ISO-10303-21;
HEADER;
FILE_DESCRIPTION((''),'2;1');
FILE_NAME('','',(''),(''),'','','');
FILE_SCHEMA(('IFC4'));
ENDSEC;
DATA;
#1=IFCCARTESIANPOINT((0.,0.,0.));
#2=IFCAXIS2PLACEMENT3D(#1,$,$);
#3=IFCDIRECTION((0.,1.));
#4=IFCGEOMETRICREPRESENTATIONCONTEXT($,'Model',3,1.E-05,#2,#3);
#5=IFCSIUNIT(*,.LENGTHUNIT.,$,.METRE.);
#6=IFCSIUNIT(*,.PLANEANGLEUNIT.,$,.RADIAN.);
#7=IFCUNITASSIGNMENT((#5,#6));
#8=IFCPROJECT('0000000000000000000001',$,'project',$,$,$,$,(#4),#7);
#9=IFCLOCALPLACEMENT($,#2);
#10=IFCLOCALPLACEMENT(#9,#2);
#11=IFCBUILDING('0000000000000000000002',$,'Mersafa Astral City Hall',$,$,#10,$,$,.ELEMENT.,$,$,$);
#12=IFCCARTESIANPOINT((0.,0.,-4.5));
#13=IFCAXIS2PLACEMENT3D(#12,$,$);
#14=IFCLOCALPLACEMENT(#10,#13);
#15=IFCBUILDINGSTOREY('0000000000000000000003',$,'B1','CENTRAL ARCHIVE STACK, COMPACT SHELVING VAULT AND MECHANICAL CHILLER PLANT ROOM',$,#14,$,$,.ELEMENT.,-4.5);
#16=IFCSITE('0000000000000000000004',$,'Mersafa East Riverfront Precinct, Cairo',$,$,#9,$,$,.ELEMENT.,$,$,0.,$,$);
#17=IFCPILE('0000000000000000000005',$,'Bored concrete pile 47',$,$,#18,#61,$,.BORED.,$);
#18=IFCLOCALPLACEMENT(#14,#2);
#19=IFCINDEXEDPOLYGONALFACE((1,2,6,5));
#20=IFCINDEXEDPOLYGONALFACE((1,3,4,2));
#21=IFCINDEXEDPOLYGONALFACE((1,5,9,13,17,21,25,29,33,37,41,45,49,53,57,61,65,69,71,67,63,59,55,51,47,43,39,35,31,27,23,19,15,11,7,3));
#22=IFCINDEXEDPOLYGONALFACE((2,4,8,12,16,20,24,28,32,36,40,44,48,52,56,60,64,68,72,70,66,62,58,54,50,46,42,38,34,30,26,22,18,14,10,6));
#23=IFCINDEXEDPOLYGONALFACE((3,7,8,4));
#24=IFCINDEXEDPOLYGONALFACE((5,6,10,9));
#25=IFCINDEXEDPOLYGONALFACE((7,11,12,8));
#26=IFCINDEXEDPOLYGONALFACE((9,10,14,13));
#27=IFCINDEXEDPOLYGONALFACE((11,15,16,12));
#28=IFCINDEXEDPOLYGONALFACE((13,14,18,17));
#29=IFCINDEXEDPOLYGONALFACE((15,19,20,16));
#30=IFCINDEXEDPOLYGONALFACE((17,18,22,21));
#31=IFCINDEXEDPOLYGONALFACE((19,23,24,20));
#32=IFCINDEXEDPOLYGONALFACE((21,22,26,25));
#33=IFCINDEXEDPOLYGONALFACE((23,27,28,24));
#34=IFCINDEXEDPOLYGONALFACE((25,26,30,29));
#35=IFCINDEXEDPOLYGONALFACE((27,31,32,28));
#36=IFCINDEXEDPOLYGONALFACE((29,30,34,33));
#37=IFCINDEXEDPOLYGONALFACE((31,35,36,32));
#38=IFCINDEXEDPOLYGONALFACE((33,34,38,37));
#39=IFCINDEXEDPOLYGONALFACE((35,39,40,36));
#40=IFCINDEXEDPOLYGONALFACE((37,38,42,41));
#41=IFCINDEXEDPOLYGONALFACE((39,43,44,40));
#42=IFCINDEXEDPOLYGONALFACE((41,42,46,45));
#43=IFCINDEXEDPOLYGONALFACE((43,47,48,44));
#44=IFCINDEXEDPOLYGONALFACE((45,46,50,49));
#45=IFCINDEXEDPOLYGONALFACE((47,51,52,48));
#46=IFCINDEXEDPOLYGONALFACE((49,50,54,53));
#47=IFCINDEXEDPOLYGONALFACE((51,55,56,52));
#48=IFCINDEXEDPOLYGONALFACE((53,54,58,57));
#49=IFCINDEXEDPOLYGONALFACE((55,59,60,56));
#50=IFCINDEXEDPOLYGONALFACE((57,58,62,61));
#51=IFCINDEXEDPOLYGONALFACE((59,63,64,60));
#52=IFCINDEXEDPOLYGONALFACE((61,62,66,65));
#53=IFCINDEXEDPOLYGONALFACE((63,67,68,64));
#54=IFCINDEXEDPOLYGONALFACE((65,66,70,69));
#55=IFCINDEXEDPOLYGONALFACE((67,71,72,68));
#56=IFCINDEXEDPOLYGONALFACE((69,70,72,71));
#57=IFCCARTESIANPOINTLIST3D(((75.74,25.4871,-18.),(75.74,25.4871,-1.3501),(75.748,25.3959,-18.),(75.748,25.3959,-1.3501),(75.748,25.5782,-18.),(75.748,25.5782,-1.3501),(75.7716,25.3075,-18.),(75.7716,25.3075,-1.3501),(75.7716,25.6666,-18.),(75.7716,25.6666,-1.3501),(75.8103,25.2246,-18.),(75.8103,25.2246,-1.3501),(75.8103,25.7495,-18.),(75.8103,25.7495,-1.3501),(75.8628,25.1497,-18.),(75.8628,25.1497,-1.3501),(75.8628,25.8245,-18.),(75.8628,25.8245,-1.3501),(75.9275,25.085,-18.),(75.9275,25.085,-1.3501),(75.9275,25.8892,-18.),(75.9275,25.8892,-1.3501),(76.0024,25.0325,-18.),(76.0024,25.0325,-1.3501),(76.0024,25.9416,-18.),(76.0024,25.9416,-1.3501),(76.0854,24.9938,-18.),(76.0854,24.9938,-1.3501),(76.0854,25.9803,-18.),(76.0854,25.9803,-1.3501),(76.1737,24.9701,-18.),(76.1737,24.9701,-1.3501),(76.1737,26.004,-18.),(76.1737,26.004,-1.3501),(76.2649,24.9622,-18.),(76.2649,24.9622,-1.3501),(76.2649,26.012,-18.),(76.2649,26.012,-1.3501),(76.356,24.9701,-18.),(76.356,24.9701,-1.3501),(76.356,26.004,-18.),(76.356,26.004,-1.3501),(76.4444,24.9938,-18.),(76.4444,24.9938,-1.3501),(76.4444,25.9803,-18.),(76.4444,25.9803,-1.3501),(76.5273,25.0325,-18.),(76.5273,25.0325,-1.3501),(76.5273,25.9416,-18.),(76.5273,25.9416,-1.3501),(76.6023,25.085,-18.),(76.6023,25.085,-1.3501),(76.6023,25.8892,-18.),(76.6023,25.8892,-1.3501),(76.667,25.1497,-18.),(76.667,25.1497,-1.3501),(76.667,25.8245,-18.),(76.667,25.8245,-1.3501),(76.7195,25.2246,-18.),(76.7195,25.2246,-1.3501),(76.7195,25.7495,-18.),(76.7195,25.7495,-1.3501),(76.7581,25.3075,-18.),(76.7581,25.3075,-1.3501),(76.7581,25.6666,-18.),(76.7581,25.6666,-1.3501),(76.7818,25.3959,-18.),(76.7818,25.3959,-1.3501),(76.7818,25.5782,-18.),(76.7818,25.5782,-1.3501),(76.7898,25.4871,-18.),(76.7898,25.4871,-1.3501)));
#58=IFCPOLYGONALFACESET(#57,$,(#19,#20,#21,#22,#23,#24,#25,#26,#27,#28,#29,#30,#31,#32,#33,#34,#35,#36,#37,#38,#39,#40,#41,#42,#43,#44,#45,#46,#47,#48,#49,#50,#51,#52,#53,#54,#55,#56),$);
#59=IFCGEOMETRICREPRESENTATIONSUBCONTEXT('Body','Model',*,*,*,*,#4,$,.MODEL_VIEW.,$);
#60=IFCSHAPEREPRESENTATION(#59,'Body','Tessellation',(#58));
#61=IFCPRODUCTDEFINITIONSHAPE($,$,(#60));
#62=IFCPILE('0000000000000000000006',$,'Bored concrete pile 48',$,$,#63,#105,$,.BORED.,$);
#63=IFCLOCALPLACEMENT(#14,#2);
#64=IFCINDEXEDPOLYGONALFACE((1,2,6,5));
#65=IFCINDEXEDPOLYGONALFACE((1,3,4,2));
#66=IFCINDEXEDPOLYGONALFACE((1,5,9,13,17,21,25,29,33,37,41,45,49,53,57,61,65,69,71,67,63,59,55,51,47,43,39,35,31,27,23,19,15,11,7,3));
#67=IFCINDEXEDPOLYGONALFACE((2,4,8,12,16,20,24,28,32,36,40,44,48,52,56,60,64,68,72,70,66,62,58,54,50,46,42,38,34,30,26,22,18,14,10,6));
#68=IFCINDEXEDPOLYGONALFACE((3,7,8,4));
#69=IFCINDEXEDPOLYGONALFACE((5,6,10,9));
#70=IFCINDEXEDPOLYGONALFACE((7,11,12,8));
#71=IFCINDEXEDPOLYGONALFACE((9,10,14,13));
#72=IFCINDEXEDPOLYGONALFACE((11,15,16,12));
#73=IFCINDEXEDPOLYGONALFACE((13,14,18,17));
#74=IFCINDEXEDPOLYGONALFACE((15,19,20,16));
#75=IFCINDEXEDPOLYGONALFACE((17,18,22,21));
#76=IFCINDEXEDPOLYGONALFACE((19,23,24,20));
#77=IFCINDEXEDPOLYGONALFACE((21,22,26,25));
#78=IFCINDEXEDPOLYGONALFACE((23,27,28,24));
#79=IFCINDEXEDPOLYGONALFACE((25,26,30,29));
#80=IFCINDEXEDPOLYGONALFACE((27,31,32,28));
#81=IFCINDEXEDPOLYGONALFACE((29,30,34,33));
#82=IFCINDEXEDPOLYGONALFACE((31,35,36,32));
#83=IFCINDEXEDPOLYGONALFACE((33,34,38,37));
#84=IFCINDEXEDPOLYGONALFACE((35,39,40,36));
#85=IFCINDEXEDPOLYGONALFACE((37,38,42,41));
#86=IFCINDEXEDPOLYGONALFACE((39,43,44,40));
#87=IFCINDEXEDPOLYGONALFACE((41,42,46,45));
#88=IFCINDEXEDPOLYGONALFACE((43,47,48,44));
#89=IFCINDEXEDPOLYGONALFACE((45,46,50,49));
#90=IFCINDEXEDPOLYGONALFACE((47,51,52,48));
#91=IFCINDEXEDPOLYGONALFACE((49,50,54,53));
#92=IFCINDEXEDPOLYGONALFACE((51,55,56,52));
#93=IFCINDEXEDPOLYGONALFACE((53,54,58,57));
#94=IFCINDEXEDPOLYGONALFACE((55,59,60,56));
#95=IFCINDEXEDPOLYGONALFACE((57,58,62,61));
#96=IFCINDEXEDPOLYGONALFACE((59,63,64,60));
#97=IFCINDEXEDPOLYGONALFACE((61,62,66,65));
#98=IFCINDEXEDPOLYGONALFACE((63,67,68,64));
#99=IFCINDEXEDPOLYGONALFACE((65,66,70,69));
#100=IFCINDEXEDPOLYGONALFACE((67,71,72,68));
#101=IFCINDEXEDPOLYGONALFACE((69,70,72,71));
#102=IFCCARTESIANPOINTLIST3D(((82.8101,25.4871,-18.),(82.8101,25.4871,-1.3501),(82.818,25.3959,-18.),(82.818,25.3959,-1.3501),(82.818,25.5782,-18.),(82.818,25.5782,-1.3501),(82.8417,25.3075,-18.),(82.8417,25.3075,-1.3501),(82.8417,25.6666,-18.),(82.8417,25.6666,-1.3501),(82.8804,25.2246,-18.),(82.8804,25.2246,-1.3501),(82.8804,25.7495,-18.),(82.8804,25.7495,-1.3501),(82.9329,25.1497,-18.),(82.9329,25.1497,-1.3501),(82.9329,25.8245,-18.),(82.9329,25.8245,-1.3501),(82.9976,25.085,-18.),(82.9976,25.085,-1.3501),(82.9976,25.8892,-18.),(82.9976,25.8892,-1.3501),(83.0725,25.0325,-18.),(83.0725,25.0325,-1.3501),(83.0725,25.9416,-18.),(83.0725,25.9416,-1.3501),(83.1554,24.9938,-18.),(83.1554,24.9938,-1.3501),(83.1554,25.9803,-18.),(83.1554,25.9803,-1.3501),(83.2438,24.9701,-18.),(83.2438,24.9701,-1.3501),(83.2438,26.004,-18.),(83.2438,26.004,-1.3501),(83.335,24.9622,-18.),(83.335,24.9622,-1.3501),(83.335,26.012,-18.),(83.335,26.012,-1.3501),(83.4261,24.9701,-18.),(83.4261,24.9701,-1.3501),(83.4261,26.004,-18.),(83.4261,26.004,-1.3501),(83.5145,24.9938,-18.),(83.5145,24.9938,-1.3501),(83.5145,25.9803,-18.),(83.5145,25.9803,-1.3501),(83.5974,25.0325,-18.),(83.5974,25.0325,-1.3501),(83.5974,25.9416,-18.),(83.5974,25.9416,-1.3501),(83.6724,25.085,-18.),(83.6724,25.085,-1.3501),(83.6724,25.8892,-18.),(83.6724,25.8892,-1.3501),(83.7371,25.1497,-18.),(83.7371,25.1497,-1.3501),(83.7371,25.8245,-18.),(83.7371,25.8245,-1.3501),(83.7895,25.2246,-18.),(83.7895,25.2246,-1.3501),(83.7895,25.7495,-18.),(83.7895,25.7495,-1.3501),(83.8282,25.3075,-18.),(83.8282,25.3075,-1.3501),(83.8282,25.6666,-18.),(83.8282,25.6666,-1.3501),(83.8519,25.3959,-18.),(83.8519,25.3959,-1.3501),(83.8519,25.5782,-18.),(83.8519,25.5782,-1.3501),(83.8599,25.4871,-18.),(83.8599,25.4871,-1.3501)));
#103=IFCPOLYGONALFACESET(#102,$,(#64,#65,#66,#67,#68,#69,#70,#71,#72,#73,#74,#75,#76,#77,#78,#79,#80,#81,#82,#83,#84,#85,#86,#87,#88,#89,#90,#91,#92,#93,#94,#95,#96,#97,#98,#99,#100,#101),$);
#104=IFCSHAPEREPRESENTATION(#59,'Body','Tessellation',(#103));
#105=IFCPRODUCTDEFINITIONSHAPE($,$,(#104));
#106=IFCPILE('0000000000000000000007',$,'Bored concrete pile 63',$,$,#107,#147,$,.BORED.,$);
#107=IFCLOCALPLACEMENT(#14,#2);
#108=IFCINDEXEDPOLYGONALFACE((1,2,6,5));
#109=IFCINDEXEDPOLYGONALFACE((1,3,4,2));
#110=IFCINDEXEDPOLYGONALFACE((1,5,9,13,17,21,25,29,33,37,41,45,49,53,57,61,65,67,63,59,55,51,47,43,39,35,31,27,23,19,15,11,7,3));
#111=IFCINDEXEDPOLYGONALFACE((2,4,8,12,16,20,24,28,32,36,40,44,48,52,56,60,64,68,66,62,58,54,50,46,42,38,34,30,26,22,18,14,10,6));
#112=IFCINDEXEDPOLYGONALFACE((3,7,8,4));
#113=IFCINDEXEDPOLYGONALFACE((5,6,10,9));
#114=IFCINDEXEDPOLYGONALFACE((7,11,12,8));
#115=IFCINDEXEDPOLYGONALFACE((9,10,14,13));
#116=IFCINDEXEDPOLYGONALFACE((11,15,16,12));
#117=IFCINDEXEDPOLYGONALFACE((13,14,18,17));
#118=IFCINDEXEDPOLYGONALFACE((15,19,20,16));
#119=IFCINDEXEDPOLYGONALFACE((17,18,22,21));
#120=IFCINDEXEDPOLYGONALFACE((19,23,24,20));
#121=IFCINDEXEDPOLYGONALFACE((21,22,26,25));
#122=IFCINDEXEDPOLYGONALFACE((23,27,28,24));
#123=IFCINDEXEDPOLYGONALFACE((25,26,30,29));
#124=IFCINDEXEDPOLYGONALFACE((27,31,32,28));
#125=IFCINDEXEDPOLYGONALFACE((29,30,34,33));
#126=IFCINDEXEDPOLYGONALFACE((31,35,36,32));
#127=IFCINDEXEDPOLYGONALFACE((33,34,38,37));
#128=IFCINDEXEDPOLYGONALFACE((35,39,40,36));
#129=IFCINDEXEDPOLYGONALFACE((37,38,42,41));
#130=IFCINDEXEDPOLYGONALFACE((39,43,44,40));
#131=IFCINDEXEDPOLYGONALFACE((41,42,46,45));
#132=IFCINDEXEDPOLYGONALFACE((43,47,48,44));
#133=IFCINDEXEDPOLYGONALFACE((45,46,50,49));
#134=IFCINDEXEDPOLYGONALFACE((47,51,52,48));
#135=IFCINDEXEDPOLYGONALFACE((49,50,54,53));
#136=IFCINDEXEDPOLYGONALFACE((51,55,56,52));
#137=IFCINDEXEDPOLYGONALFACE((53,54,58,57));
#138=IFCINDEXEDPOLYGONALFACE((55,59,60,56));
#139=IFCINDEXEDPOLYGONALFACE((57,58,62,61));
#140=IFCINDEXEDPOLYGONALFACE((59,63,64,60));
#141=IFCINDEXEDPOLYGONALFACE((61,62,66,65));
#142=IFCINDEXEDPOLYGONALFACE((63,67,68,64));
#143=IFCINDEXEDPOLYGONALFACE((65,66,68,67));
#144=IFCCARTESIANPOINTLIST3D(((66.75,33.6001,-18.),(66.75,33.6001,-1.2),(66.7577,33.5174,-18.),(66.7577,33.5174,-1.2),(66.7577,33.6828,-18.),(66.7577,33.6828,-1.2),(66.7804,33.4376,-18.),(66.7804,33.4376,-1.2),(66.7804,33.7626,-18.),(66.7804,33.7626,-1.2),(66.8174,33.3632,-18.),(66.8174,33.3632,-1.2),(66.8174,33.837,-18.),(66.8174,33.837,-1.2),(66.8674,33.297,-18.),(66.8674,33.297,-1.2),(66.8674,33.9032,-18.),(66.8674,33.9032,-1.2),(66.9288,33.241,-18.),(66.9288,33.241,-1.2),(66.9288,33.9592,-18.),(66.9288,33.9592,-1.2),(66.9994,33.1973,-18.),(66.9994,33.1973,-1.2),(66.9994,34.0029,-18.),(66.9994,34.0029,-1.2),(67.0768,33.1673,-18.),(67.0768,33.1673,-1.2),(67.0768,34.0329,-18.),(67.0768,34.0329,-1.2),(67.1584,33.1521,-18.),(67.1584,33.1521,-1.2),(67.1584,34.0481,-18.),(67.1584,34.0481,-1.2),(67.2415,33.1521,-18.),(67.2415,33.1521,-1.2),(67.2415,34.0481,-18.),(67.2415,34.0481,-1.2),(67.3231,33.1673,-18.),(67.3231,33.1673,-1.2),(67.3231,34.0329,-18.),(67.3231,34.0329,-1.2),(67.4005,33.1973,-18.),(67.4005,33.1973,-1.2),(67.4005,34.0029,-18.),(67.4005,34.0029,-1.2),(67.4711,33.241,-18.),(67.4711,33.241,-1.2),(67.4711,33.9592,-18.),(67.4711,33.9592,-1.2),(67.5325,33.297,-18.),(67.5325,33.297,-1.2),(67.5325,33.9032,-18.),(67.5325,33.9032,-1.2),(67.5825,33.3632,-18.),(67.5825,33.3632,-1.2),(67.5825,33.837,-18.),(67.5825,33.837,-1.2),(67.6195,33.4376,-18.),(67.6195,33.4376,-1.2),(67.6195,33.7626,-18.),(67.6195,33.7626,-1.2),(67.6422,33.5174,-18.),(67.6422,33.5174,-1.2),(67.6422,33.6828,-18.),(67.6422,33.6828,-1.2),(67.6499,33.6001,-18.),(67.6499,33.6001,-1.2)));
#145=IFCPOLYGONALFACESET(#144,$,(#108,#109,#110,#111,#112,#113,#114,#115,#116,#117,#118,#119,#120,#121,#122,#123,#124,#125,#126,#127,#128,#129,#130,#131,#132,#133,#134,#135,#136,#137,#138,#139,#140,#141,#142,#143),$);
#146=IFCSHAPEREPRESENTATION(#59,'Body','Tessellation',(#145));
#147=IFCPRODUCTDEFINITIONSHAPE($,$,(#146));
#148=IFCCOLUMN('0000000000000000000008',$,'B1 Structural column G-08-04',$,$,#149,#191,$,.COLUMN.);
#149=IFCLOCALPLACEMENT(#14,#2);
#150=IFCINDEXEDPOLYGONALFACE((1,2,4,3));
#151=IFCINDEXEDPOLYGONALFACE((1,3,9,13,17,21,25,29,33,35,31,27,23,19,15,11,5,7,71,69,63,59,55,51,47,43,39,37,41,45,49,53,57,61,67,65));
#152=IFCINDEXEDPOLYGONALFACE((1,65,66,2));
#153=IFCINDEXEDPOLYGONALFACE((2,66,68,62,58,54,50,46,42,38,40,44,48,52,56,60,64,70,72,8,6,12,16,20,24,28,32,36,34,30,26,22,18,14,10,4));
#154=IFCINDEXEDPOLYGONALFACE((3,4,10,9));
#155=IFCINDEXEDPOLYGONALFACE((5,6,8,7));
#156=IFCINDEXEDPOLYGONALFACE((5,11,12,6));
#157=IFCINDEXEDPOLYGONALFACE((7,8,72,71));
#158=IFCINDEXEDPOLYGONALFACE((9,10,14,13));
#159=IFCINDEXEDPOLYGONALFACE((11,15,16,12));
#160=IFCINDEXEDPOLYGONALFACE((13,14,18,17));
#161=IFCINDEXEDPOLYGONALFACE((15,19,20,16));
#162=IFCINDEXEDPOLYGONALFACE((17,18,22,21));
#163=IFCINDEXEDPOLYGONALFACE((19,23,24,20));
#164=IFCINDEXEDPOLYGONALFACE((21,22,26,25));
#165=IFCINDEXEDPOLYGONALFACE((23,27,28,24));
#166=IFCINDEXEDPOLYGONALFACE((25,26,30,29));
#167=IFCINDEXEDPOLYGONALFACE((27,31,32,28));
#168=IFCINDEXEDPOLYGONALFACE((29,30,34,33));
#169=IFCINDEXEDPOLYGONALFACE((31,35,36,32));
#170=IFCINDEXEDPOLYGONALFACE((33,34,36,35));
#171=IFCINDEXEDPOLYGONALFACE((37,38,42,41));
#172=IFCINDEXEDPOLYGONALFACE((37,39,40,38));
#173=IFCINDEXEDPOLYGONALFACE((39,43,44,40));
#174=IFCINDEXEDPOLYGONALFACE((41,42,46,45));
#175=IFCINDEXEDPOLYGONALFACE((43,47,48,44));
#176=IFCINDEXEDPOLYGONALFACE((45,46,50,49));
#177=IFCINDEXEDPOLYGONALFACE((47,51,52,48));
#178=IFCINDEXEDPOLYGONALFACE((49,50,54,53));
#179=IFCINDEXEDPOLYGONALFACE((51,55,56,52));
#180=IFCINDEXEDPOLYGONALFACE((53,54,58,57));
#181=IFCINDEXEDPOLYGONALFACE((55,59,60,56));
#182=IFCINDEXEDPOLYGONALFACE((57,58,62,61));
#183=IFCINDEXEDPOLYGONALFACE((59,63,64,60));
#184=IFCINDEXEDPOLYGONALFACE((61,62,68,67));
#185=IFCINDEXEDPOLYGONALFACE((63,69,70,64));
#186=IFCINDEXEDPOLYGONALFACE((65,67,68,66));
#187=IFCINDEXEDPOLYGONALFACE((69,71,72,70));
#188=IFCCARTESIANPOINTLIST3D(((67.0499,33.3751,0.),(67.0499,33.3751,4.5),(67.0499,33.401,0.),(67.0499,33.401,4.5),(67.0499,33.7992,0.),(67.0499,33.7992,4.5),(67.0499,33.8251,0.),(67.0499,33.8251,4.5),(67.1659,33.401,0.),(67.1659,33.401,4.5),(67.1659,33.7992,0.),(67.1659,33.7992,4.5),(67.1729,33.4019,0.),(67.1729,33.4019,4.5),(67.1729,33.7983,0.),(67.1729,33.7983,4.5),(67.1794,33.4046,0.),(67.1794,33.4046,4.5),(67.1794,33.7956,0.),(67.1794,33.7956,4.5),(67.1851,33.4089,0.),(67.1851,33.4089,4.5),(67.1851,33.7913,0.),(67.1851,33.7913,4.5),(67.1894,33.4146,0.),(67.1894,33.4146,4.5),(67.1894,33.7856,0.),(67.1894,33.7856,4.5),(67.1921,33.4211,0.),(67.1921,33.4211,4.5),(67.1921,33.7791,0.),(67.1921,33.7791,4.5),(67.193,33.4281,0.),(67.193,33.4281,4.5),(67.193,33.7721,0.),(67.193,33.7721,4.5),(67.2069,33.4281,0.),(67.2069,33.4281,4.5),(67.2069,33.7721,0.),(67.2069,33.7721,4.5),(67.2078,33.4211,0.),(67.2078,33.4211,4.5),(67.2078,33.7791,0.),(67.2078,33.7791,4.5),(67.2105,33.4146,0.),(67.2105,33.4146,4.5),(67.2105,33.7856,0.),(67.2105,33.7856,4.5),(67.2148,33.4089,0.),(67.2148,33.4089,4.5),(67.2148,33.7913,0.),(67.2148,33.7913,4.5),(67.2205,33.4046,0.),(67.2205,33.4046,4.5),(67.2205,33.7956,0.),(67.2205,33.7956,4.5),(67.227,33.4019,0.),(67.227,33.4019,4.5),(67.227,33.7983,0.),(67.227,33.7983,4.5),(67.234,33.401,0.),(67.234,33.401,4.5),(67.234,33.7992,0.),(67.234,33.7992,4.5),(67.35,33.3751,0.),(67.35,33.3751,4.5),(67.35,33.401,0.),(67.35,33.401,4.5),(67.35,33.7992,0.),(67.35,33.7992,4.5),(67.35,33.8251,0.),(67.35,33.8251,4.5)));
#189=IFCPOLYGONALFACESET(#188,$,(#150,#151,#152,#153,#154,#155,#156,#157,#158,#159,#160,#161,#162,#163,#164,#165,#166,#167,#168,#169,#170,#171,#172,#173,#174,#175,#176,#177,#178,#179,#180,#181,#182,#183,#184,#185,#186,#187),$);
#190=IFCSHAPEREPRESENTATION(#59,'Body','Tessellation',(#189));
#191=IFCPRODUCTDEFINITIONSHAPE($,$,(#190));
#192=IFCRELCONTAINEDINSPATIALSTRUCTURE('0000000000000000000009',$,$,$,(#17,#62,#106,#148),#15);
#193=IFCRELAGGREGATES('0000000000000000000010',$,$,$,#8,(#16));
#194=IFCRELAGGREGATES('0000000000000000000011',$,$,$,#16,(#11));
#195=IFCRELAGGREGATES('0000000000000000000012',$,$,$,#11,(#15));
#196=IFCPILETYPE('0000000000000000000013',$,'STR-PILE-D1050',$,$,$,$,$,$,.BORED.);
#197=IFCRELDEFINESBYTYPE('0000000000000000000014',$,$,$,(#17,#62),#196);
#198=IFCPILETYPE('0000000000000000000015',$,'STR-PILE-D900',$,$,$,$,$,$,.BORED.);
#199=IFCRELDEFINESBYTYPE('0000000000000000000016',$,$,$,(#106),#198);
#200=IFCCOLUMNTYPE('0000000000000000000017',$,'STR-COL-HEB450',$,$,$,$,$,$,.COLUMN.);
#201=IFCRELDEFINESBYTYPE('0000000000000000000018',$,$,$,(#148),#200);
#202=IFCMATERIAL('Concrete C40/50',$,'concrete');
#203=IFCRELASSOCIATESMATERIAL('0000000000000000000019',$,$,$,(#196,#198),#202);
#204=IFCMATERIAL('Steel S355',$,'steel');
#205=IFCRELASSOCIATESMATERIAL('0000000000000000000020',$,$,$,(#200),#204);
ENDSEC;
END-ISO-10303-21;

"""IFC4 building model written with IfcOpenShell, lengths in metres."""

from ifc_helpers import new_model, si_unit, direction, frame, origin, origin_2d, place, context, subcontext, project, spatial, circle, i_section, extrude, material, material_profile, profile_set, type_object, element, save


model = new_model("IFC4")

# Units and contexts
model_context = context("Model", 3, precision=1e-05, world=origin(), true_north=direction((0.0, 1.0)))
body_context = subcontext(model_context, "Body", "Model", "MODEL_VIEW")
ifc_project = project(units=[si_unit("LENGTHUNIT", "METRE"), si_unit("PLANEANGLEUNIT", "RADIAN")], contexts=[model_context])

# Site, building, storey
site_placement = place(None, origin())
site = spatial("IfcSite", under=ifc_project, at=site_placement, Name="Mersafa East Riverfront Precinct, Cairo", CompositionType="ELEMENT", RefElevation=0.0)
building_placement = place(site_placement, origin())
building = spatial("IfcBuilding", under=site, at=building_placement, Name="Mersafa Astral City Hall", CompositionType="ELEMENT")
storey_placement = place(building_placement, frame((0.0, 0.0, -4.5)))
storey = spatial("IfcBuildingStorey", under=building, at=storey_placement, Name="B1", Description="CENTRAL ARCHIVE STACK, COMPACT SHELVING VAULT AND MECHANICAL CHILLER PLANT ROOM", CompositionType="ELEMENT", Elevation=-4.5)

# Shared definitions
ifc_material_1 = material(Name="Concrete C40/50", Category="concrete")

# Piles
ifc_material_profile_1 = material_profile(ifc_material_1, circle(Radius=0.5249, at=origin_2d()), Name="PILE D1050")
ifc_profile_set_1 = profile_set([ifc_material_profile_1], Name="Concrete C40/50")
pile_type_1 = type_object("IfcPileType", Name="STR-PILE-D1050", PredefinedType="BORED", material=ifc_profile_set_1)
for number, where, z_axis, x_axis, name in (
    (1, (76.2649, 25.4871, -1.3501), (0.0, 0.0, -1.0), (1.0, 0.0, 0.0), "Bored concrete pile 47"),
    (2, (83.335, 25.4871, -1.3501), (0.0, 0.0, -1.0), (1.0, 0.0, 0.0), "Bored concrete pile 48"),
):
    element("IfcPile", number, at=place(storey_placement, frame(where, z_axis=z_axis, x_axis=x_axis)), inside=storey, type_object=pile_type_1, Name=name, PredefinedType="BORED", context=body_context, shape_type="SweptSolid", body=[
        extrude(circle(Radius=0.5249, at=origin_2d()), origin(), (0.0, 0.0, 1.0), 16.6499),
    ])
ifc_material_profile_2 = material_profile(ifc_material_1, circle(Radius=0.45, at=origin_2d()), Name="PILE D900")
ifc_profile_set_2 = profile_set([ifc_material_profile_2], Name="Concrete C40/50")
pile_type_2 = type_object("IfcPileType", Name="STR-PILE-D900", PredefinedType="BORED", material=ifc_profile_set_2)
pile_placement = place(storey_placement, frame((67.2, 33.6001, -1.2), z_axis=(0.0, 0.0, -1.0), x_axis=(1.0, 0.0, 0.0)))
element("IfcPile", 3, at=pile_placement, inside=storey, type_object=pile_type_2, Name="Bored concrete pile 63", PredefinedType="BORED", context=body_context, shape_type="SweptSolid", body=[
    extrude(circle(Radius=0.45, at=origin_2d()), origin(), (0.0, 0.0, 1.0), 16.8),
])

# Column
ifc_material_2 = material(Name="Steel S355", Category="steel")
ifc_material_profile_3 = material_profile(ifc_material_2, i_section(OverallWidth=0.3, OverallDepth=0.45, WebThickness=0.0139, FlangeThickness=0.0259, FilletRadius=0.0271, at=origin_2d()), Name="HEB 450")
ifc_profile_set_3 = profile_set([ifc_material_profile_3], Name="Steel S355")
column_type_1 = type_object("IfcColumnType", Name="STR-COL-HEB450", PredefinedType="COLUMN", material=ifc_profile_set_3)
column_1_placement = place(storey_placement, frame((67.2, 33.6001, 0.0), z_axis=(0.0, 0.0, 1.0), x_axis=(1.0, 0.0, 0.0)))
element("IfcColumn", 4, at=column_1_placement, inside=storey, type_object=column_type_1, Name="B1 Structural column G-08-04", PredefinedType="COLUMN", context=body_context, shape_type="SweptSolid", body=[
    extrude(i_section(OverallWidth=0.3, OverallDepth=0.45, WebThickness=0.0139, FlangeThickness=0.0259, FilletRadius=0.0271, at=origin_2d()), origin(), (0.0, 0.0, 1.0), 4.5),
])

save(model, "model.ifc")
